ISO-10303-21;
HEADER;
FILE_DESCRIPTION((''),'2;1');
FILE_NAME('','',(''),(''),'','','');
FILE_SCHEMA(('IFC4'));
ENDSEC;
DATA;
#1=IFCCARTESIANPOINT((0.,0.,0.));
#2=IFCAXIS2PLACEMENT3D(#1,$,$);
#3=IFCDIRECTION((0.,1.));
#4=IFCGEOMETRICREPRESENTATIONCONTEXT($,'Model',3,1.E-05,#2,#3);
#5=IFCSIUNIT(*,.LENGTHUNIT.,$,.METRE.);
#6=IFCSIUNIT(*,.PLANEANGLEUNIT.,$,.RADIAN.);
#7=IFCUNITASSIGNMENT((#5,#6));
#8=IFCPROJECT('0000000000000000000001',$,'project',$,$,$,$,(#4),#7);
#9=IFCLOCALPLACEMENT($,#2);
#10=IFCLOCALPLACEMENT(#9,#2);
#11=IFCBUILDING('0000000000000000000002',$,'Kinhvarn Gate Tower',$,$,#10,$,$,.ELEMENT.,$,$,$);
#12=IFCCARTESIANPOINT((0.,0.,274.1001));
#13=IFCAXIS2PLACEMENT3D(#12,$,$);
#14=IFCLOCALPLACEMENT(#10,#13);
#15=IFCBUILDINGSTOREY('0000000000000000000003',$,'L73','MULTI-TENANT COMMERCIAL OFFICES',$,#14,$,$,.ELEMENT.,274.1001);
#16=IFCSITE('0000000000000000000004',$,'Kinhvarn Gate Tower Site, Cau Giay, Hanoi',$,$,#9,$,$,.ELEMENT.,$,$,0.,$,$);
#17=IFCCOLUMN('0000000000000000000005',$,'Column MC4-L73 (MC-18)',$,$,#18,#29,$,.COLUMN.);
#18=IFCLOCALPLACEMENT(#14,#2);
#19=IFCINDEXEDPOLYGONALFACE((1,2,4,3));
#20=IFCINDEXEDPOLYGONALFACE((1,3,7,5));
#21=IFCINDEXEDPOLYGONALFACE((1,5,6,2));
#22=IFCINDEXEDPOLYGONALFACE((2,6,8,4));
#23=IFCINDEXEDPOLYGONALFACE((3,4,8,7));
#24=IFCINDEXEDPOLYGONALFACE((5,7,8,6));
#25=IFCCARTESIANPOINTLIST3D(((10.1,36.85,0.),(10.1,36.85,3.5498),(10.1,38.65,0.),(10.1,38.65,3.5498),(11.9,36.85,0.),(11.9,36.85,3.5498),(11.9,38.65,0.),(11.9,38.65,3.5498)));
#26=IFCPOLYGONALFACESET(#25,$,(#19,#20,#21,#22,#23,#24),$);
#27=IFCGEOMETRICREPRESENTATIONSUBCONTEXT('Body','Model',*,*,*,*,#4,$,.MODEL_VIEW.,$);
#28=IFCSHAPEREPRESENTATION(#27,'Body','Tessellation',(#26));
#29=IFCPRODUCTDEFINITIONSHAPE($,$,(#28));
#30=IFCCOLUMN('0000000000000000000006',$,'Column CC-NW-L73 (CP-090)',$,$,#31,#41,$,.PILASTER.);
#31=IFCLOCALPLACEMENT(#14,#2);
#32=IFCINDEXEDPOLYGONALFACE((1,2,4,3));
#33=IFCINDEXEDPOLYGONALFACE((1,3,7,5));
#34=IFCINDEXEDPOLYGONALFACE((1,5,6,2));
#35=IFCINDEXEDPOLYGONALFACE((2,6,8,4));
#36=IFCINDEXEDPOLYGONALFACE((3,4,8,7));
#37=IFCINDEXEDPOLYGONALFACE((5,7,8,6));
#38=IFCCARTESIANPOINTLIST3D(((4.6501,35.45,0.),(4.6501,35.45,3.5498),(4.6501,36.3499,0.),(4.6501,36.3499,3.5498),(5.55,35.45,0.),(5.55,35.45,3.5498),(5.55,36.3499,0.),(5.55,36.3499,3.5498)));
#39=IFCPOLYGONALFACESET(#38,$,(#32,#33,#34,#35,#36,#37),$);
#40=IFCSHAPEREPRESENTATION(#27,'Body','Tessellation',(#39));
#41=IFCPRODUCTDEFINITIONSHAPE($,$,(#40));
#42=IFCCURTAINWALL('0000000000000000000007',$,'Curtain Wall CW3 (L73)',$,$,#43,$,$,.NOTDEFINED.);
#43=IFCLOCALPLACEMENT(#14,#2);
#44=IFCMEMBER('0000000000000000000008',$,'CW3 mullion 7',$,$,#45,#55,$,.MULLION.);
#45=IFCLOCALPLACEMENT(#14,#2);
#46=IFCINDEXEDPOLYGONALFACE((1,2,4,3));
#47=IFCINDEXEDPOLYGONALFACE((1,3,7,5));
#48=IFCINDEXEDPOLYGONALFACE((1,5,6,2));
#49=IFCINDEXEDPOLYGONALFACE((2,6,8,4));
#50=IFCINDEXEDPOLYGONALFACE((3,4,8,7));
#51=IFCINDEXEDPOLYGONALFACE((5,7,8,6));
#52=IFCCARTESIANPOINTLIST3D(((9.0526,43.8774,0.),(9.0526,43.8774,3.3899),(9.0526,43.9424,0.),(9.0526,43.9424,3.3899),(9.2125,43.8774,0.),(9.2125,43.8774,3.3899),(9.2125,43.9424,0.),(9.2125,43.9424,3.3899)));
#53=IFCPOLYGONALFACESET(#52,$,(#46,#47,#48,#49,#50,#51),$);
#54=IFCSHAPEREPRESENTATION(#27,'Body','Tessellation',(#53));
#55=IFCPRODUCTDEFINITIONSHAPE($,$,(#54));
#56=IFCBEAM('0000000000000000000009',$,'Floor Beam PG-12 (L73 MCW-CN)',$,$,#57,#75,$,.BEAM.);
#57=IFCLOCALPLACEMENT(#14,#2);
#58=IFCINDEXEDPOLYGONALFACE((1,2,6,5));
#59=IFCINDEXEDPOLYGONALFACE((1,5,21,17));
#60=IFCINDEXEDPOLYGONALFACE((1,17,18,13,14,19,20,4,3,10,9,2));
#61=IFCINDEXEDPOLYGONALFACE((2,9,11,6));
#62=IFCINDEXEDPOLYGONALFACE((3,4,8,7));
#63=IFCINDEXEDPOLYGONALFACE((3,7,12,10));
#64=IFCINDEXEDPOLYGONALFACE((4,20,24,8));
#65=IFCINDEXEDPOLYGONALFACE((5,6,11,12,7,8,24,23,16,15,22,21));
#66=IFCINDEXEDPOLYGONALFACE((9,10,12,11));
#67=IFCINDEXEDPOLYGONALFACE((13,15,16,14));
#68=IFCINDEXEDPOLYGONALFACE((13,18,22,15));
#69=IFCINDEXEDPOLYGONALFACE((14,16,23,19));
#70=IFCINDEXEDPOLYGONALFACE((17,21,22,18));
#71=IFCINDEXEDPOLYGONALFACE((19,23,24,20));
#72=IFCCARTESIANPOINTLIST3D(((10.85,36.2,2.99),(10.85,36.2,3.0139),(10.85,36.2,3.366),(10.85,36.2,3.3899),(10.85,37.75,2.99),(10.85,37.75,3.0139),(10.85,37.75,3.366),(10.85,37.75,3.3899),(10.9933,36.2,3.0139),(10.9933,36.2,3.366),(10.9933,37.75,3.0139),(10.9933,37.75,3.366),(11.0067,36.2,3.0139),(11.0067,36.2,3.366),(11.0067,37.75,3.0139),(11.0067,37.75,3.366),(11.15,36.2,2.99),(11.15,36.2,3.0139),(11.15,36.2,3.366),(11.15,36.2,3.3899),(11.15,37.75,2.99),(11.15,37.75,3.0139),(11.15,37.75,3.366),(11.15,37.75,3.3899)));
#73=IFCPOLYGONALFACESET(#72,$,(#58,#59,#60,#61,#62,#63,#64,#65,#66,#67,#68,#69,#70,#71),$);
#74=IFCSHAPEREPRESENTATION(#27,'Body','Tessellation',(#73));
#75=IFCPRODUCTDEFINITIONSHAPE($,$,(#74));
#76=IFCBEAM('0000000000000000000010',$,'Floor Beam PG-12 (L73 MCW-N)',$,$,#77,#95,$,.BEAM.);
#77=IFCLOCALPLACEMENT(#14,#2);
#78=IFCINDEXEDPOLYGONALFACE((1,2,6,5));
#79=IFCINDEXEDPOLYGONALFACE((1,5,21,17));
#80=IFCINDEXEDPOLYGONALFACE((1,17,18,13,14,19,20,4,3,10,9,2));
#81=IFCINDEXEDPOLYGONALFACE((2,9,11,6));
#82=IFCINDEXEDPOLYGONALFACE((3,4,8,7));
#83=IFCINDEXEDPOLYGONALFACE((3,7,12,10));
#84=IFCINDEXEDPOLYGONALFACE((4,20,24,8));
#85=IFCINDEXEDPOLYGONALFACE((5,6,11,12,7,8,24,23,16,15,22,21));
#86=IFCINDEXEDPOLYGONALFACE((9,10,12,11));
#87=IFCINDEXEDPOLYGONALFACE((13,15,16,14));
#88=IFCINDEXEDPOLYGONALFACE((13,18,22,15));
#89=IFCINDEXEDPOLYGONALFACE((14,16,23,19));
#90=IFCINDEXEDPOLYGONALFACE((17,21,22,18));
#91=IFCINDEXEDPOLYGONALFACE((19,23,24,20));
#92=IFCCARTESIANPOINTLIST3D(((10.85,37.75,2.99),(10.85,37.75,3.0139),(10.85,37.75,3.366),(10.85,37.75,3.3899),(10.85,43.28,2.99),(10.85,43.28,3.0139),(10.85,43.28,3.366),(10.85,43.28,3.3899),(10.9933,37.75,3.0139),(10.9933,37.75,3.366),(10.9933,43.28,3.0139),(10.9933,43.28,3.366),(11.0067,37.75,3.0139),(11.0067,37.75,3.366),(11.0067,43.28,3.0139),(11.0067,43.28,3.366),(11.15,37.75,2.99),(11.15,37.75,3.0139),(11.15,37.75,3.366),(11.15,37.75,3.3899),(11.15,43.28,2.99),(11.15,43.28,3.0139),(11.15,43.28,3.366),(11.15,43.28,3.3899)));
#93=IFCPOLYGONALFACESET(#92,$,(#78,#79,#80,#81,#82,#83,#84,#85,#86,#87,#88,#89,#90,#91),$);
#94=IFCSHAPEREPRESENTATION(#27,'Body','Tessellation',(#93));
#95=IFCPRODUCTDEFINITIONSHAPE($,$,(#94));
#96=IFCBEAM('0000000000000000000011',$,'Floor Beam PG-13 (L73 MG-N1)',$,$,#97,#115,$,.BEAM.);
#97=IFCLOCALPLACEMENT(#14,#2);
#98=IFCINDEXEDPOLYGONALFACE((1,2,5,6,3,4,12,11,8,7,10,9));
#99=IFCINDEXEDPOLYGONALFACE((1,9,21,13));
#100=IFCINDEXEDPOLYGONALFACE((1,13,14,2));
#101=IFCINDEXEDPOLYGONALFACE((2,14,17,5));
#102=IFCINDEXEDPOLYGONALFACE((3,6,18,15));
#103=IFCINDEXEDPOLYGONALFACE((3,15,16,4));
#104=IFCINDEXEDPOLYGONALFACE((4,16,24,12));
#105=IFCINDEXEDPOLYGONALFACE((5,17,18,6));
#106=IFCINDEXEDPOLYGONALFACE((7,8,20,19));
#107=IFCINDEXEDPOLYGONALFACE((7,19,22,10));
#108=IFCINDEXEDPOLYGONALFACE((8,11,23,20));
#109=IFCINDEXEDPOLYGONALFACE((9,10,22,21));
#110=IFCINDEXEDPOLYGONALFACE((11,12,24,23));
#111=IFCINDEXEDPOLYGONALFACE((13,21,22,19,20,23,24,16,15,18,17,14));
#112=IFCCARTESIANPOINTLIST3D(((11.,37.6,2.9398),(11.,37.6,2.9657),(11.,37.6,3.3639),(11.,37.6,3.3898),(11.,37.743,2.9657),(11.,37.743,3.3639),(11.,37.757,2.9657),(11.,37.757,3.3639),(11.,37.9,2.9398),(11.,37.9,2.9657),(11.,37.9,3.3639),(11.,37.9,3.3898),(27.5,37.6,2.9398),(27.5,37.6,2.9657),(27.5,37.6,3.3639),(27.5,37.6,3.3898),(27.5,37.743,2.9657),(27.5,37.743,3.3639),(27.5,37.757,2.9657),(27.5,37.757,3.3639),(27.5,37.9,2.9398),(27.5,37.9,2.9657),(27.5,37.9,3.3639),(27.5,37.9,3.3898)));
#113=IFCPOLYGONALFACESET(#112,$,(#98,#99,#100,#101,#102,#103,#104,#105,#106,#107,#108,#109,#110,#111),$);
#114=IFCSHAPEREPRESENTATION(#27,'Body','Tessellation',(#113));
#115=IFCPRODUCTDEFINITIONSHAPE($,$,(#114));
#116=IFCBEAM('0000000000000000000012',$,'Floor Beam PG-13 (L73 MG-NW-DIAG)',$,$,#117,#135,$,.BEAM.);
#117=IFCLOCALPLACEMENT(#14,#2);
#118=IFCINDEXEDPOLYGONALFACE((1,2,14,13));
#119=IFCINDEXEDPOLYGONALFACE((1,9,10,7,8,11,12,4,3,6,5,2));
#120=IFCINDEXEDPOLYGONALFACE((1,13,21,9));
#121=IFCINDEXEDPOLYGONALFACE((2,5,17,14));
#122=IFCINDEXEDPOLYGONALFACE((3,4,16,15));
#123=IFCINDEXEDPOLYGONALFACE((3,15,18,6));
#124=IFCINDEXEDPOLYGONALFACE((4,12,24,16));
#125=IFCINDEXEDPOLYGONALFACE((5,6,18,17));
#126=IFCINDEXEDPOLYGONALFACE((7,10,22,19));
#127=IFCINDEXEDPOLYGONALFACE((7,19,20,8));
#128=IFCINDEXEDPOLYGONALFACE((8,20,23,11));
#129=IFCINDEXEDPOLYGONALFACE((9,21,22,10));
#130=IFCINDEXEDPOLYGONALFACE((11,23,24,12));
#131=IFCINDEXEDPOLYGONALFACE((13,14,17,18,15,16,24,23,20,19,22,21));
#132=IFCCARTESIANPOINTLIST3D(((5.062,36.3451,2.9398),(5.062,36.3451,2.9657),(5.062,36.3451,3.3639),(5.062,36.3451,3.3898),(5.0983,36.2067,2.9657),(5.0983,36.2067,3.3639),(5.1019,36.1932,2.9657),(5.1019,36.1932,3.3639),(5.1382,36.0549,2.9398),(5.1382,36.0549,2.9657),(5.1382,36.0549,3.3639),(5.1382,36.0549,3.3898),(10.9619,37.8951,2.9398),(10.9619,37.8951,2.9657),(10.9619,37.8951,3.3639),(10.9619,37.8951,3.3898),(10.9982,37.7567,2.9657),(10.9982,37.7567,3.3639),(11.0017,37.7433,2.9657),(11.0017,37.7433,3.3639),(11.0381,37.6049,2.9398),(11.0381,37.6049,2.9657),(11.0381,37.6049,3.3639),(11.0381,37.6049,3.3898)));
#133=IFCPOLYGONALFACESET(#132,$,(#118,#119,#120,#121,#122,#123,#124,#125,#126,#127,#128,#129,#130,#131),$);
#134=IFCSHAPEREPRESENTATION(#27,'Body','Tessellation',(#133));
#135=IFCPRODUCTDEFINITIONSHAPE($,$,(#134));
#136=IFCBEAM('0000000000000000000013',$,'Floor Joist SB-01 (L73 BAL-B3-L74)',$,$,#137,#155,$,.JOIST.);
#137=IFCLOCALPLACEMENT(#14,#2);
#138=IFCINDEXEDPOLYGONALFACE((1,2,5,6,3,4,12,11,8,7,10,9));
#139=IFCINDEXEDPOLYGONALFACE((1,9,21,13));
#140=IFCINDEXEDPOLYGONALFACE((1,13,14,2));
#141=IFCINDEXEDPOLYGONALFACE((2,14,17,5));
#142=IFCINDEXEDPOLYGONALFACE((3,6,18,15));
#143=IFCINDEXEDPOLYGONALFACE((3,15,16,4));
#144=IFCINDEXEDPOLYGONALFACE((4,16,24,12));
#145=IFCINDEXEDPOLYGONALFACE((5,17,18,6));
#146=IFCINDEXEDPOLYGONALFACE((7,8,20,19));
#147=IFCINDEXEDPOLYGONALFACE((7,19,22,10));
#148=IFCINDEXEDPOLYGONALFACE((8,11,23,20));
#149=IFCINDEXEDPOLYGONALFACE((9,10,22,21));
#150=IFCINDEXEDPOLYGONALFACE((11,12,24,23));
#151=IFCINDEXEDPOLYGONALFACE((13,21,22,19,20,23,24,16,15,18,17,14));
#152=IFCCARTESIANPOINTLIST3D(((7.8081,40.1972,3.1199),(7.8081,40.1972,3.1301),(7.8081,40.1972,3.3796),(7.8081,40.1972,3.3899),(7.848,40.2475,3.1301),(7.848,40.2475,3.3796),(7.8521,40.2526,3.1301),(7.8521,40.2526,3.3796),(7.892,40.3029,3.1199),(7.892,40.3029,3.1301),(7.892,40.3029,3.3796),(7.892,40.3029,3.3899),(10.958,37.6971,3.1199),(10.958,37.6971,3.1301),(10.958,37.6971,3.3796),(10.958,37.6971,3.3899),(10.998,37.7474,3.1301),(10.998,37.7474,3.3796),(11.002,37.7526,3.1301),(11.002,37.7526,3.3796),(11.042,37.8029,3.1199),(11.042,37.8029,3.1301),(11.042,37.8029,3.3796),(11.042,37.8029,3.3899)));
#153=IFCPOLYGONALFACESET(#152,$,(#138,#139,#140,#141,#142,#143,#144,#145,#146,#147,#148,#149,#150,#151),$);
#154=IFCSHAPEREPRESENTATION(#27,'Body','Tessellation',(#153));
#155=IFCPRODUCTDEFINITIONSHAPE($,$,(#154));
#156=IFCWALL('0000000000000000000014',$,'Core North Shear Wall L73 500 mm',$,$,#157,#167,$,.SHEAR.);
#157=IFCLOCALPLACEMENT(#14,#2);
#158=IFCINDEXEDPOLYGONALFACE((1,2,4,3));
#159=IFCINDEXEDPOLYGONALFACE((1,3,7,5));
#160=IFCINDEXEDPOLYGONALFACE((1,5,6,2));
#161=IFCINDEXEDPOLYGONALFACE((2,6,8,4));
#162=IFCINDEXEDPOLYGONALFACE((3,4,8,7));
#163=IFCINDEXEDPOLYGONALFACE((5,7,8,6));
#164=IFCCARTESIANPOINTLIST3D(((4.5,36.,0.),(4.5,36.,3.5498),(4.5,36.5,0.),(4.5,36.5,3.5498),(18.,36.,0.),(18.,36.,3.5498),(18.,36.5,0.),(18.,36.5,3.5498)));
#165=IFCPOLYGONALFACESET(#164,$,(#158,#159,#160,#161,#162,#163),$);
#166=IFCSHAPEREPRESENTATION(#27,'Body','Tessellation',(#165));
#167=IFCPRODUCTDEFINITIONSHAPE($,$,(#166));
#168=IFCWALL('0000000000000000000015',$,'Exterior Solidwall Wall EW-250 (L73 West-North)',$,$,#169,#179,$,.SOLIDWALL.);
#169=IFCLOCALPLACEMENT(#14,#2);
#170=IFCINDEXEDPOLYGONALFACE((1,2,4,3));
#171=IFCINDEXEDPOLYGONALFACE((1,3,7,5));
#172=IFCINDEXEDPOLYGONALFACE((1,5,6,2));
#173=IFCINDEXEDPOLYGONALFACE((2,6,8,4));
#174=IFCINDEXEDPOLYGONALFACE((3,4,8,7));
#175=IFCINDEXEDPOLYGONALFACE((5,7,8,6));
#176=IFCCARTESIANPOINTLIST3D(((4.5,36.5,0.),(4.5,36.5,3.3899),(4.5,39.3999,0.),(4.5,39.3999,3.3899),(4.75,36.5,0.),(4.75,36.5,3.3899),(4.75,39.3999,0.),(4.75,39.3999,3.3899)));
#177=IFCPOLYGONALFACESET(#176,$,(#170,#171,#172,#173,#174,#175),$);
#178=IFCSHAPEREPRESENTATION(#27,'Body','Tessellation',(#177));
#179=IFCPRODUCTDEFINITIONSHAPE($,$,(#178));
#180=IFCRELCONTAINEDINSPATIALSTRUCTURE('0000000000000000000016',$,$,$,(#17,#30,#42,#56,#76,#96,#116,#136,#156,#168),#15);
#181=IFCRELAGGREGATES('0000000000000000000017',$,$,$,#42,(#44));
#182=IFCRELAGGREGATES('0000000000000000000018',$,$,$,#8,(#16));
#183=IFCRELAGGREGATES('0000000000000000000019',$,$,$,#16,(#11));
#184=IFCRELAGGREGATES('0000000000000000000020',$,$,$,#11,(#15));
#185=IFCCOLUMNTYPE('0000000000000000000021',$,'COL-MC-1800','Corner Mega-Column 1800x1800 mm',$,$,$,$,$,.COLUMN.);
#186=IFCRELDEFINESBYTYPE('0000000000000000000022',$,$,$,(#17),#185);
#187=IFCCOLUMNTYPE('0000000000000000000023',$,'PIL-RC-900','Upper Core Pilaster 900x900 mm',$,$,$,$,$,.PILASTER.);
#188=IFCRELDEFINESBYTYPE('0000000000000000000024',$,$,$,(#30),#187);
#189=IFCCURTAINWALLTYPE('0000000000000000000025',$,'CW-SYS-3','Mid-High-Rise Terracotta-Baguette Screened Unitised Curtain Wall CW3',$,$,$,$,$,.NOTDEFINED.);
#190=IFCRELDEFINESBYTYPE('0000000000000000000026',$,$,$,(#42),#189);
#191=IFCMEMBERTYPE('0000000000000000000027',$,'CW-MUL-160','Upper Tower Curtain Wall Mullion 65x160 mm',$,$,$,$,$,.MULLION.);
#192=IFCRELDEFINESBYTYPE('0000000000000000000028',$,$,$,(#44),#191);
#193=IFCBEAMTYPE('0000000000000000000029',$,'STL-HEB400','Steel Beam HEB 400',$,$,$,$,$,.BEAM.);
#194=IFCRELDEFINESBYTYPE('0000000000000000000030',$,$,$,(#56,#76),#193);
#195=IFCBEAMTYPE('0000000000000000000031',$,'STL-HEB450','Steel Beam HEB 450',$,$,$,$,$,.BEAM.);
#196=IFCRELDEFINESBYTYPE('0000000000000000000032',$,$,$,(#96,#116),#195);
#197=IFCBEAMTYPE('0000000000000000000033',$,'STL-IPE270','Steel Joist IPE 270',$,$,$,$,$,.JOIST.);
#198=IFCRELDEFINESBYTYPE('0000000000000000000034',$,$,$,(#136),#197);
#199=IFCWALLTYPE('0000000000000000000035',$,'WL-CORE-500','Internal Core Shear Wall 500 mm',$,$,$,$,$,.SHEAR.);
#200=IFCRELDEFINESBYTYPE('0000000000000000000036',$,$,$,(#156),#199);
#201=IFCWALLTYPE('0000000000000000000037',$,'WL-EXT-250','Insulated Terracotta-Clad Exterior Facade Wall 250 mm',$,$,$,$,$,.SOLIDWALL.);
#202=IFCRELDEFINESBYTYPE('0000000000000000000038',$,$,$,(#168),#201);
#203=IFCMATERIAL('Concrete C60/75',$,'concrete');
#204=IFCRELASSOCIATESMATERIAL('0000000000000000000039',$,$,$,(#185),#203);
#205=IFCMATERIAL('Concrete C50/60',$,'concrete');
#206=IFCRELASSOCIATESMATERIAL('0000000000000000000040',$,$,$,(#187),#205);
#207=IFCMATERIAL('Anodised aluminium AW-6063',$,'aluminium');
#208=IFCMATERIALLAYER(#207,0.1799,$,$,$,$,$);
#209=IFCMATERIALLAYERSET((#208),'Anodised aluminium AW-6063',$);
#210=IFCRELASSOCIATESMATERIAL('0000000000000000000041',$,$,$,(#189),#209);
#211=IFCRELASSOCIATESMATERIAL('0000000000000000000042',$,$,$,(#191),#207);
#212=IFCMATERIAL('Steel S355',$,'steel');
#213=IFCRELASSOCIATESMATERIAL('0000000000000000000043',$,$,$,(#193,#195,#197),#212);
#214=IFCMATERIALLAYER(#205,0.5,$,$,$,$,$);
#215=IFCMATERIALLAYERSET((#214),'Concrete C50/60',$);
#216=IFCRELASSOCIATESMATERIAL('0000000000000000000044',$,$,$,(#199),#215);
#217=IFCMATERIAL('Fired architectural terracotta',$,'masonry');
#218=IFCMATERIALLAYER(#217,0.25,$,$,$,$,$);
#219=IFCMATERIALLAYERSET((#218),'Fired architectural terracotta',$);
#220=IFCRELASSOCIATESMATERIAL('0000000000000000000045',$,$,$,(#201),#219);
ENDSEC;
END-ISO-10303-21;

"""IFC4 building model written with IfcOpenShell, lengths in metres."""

from ifc_helpers import new_model, si_unit, direction, frame, frame_2d, origin, origin_2d, place, context, subcontext, project, spatial, rectangle, i_section, extrude, material, layer, layer_set, material_profile, profile_set, type_object, element, aggregate, save


model = new_model("IFC4")

# Units and contexts
model_context = context("Model", 3, precision=1e-05, world=origin(), true_north=direction((0.0, 1.0)))
body_context = subcontext(model_context, "Body", "Model", "MODEL_VIEW")
ifc_project = project(units=[si_unit("LENGTHUNIT", "METRE"), si_unit("PLANEANGLEUNIT", "RADIAN")], contexts=[model_context])

# Site, building, storey
site_placement = place(None, origin())
site = spatial("IfcSite", under=ifc_project, at=site_placement, Name="Kinhvarn Gate Tower Site, Cau Giay, Hanoi", CompositionType="ELEMENT", RefElevation=0.0)
building_placement = place(site_placement, origin())
building = spatial("IfcBuilding", under=site, at=building_placement, Name="Kinhvarn Gate Tower", CompositionType="ELEMENT")
storey_placement = place(building_placement, frame((0.0, 0.0, 274.1001)))
storey = spatial("IfcBuildingStorey", under=building, at=storey_placement, Name="L73", Description="MULTI-TENANT COMMERCIAL OFFICES", CompositionType="ELEMENT", Elevation=274.1001)

# Columns
ifc_material_1 = material(Name="Concrete C60/75", Category="concrete")
ifc_material_profile_1 = material_profile(ifc_material_1, rectangle(XDim=1.8, YDim=1.8, at=origin_2d()), Name="RC 1800x1800")
ifc_profile_set_1 = profile_set([ifc_material_profile_1], Name="Concrete C60/75")
column_type_1 = type_object("IfcColumnType", Name="COL-MC-1800", Description="Corner Mega-Column 1800x1800 mm", PredefinedType="COLUMN", material=ifc_profile_set_1)
column_1_placement = place(storey_placement, frame((11.0, 37.75, 0.0), z_axis=(0.0, 0.0, 1.0), x_axis=(1.0, 0.0, 0.0)))
element("IfcColumn", 1, at=column_1_placement, inside=storey, type_object=column_type_1, Name="Column MC4-L73 (MC-18)", PredefinedType="COLUMN", context=body_context, shape_type="SweptSolid", body=[
    extrude(rectangle(XDim=1.8, YDim=1.8, at=origin_2d()), origin(), (0.0, 0.0, 1.0), 3.5498),
])
ifc_material_2 = material(Name="Concrete C50/60", Category="concrete")
ifc_material_profile_2 = material_profile(ifc_material_2, rectangle(XDim=0.8999, YDim=0.8999, at=origin_2d()), Name="RC 900x900")
ifc_profile_set_2 = profile_set([ifc_material_profile_2], Name="Concrete C50/60")
column_type_2 = type_object("IfcColumnType", Name="PIL-RC-900", Description="Upper Core Pilaster 900x900 mm", PredefinedType="PILASTER", material=ifc_profile_set_2)
column_2_placement = place(storey_placement, frame((5.1001, 35.8999, 0.0), z_axis=(0.0, 0.0, 1.0), x_axis=(1.0, 0.0, 0.0)))
element("IfcColumn", 2, at=column_2_placement, inside=storey, type_object=column_type_2, Name="Column CC-NW-L73 (CP-090)", PredefinedType="PILASTER", context=body_context, shape_type="SweptSolid", body=[
    extrude(rectangle(XDim=0.8999, YDim=0.8999, at=origin_2d()), origin(), (0.0, 0.0, 1.0), 3.5498),
])

# Curtain wall, member
ifc_material_3 = material(Name="Anodised aluminium AW-6063", Category="aluminium")
ifc_layer_1 = layer(ifc_material_3, 0.1799)
ifc_layer_set_1 = layer_set([ifc_layer_1], Name="Anodised aluminium AW-6063")
curtain_wall_type = type_object("IfcCurtainWallType", Name="CW-SYS-3", Description="Mid-High-Rise Terracotta-Baguette Screened Unitised Curtain Wall CW3", PredefinedType="NOTDEFINED", material=ifc_layer_set_1)
curtain_wall_placement = place(storey_placement, origin())
curtain_wall = element("IfcCurtainWall", 3, at=curtain_wall_placement, inside=storey, type_object=curtain_wall_type, Name="Curtain Wall CW3 (L73)", PredefinedType="NOTDEFINED")
ifc_material_profile_3 = material_profile(ifc_material_3, rectangle(XDim=0.0649, YDim=0.1599, at=origin_2d()), Name="ALU 65x160")
ifc_profile_set_3 = profile_set([ifc_material_profile_3], Name="Anodised aluminium AW-6063")
member_type = type_object("IfcMemberType", Name="CW-MUL-160", Description="Upper Tower Curtain Wall Mullion 65x160 mm", PredefinedType="MULLION", material=ifc_profile_set_3)
member_placement = place(storey_placement, frame((9.1326, 43.9099, 0.0), z_axis=(0.0, 0.0, 1.0), x_axis=(0.0, -1.0, 0.0)))
member = element("IfcMember", 4, at=member_placement, type_object=member_type, Name="CW3 mullion 7", PredefinedType="MULLION", context=body_context, shape_type="SweptSolid", body=[
    extrude(rectangle(XDim=0.0649, YDim=0.1599, at=origin_2d()), origin(), (0.0, 0.0, 1.0), 3.3899),
])
aggregate(curtain_wall, [member])

# Beams
ifc_material_4 = material(Name="Steel S355", Category="steel")
ifc_material_profile_4 = material_profile(ifc_material_4, i_section(OverallWidth=0.3, OverallDepth=0.3999, WebThickness=0.0134, FlangeThickness=0.0239, at=origin_2d()), Name="HEB 400")
ifc_profile_set_4 = profile_set([ifc_material_profile_4], Name="Steel S355")
beam_type_1 = type_object("IfcBeamType", Name="STL-HEB400", Description="Steel Beam HEB 400", PredefinedType="BEAM", material=ifc_profile_set_4)
beam_1_placement = place(storey_placement, frame((11.0, 36.2, 3.1899), z_axis=(0.0, 1.0, 0.0), x_axis=(-1.0, 0.0, 0.0)))
element("IfcBeam", 5, at=beam_1_placement, inside=storey, type_object=beam_type_1, Name="Floor Beam PG-12 (L73 MCW-CN)", PredefinedType="BEAM", context=body_context, shape_type="SweptSolid", body=[
    extrude(i_section(OverallWidth=0.3, OverallDepth=0.3999, WebThickness=0.0134, FlangeThickness=0.0239, at=origin_2d()), origin(), (0.0, 0.0, 1.0), 1.55),
])
beam_2_placement = place(storey_placement, frame((11.0, 37.75, 3.1899), z_axis=(0.0, 1.0, 0.0), x_axis=(-1.0, 0.0, 0.0)))
element("IfcBeam", 6, at=beam_2_placement, inside=storey, type_object=beam_type_1, Name="Floor Beam PG-12 (L73 MCW-N)", PredefinedType="BEAM", context=body_context, shape_type="SweptSolid", body=[
    extrude(i_section(OverallWidth=0.3, OverallDepth=0.3999, WebThickness=0.0134, FlangeThickness=0.0239, at=origin_2d()), origin(), (0.0, 0.0, 1.0), 5.53),
])
ifc_material_profile_5 = material_profile(ifc_material_4, i_section(OverallWidth=0.3, OverallDepth=0.45, WebThickness=0.0139, FlangeThickness=0.0259, at=origin_2d()), Name="HEB 450")
ifc_profile_set_5 = profile_set([ifc_material_profile_5], Name="Steel S355")
beam_type_2 = type_object("IfcBeamType", Name="STL-HEB450", Description="Steel Beam HEB 450", PredefinedType="BEAM", material=ifc_profile_set_5)
beam_3_placement = place(storey_placement, frame((11.0, 37.75, 3.1648), z_axis=(1.0, 0.0, 0.0), x_axis=(0.0, 1.0, 0.0)))
element("IfcBeam", 7, at=beam_3_placement, inside=storey, type_object=beam_type_2, Name="Floor Beam PG-13 (L73 MG-N1)", PredefinedType="BEAM", context=body_context, shape_type="SweptSolid", body=[
    extrude(i_section(OverallWidth=0.3, OverallDepth=0.45, WebThickness=0.0139, FlangeThickness=0.0259, at=origin_2d()), origin(), (0.0, 0.0, 1.0), 16.5),
])
beam_4_placement = place(storey_placement, frame((5.1001, 36.2, 3.1648), z_axis=(0.967178, 0.254101, 0.0), x_axis=(-0.254101, 0.967178, 0.0)))
element("IfcBeam", 8, at=beam_4_placement, inside=storey, type_object=beam_type_2, Name="Floor Beam PG-13 (L73 MG-NW-DIAG)", PredefinedType="BEAM", context=body_context, shape_type="SweptSolid", body=[
    extrude(i_section(OverallWidth=0.3, OverallDepth=0.45, WebThickness=0.0139, FlangeThickness=0.0259, at=origin_2d()), origin(), (0.0, 0.0, 1.0), 6.1001),
])
ifc_material_profile_6 = material_profile(ifc_material_4, i_section(OverallWidth=0.135, OverallDepth=0.27, WebThickness=0.0066, FlangeThickness=0.0103, at=origin_2d()), Name="IPE 270")
ifc_profile_set_6 = profile_set([ifc_material_profile_6], Name="Steel S355")
beam_type_3 = type_object("IfcBeamType", Name="STL-IPE270", Description="Steel Joist IPE 270", PredefinedType="JOIST", material=ifc_profile_set_6)
beam_5_placement = place(storey_placement, frame((11.0, 37.75, 3.2549), z_axis=(-0.78328, 0.62167, 0.0), x_axis=(-0.62167, -0.78328, 0.0)))
element("IfcBeam", 9, at=beam_5_placement, inside=storey, type_object=beam_type_3, Name="Floor Joist SB-01 (L73 BAL-B3-L74)", PredefinedType="JOIST", context=body_context, shape_type="SweptSolid", body=[
    extrude(i_section(OverallWidth=0.135, OverallDepth=0.27, WebThickness=0.0066, FlangeThickness=0.0103, at=origin_2d()), origin(), (0.0, 0.0, 1.0), 4.0215),
])

# Walls
ifc_layer_2 = layer(ifc_material_2, 0.5)
ifc_layer_set_2 = layer_set([ifc_layer_2], Name="Concrete C50/60")
wall_type_1 = type_object("IfcWallType", Name="WL-CORE-500", Description="Internal Core Shear Wall 500 mm", PredefinedType="SHEAR", material=ifc_layer_set_2)
wall_1_placement = place(storey_placement, frame((4.5, 36.25, 0.0), z_axis=(0.0, 0.0, 1.0), x_axis=(1.0, 0.0, 0.0)))
element("IfcWall", 10, at=wall_1_placement, inside=storey, type_object=wall_type_1, Name="Core North Shear Wall L73 500 mm", PredefinedType="SHEAR", context=body_context, shape_type="SweptSolid", body=[
    extrude(rectangle(XDim=13.5, YDim=0.5, at=frame_2d((6.75, 0.0))), origin(), (0.0, 0.0, 1.0), 3.5498),
])
ifc_material_5 = material(Name="Fired architectural terracotta", Category="masonry")
ifc_layer_3 = layer(ifc_material_5, 0.25)
ifc_layer_set_3 = layer_set([ifc_layer_3], Name="Fired architectural terracotta")
wall_type_2 = type_object("IfcWallType", Name="WL-EXT-250", Description="Insulated Terracotta-Clad Exterior Facade Wall 250 mm", PredefinedType="SOLIDWALL", material=ifc_layer_set_3)
wall_2_placement = place(storey_placement, frame((4.625, 39.3999, 0.0), z_axis=(0.0, 0.0, 1.0), x_axis=(0.0, -1.0, 0.0)))
element("IfcWall", 11, at=wall_2_placement, inside=storey, type_object=wall_type_2, Name="Exterior Solidwall Wall EW-250 (L73 West-North)", PredefinedType="SOLIDWALL", context=body_context, shape_type="SweptSolid", body=[
    extrude(rectangle(XDim=2.8999, YDim=0.25, at=frame_2d((1.45, 0.0))), origin(), (0.0, 0.0, 1.0), 3.3899),
])

save(model, "model.ifc")
